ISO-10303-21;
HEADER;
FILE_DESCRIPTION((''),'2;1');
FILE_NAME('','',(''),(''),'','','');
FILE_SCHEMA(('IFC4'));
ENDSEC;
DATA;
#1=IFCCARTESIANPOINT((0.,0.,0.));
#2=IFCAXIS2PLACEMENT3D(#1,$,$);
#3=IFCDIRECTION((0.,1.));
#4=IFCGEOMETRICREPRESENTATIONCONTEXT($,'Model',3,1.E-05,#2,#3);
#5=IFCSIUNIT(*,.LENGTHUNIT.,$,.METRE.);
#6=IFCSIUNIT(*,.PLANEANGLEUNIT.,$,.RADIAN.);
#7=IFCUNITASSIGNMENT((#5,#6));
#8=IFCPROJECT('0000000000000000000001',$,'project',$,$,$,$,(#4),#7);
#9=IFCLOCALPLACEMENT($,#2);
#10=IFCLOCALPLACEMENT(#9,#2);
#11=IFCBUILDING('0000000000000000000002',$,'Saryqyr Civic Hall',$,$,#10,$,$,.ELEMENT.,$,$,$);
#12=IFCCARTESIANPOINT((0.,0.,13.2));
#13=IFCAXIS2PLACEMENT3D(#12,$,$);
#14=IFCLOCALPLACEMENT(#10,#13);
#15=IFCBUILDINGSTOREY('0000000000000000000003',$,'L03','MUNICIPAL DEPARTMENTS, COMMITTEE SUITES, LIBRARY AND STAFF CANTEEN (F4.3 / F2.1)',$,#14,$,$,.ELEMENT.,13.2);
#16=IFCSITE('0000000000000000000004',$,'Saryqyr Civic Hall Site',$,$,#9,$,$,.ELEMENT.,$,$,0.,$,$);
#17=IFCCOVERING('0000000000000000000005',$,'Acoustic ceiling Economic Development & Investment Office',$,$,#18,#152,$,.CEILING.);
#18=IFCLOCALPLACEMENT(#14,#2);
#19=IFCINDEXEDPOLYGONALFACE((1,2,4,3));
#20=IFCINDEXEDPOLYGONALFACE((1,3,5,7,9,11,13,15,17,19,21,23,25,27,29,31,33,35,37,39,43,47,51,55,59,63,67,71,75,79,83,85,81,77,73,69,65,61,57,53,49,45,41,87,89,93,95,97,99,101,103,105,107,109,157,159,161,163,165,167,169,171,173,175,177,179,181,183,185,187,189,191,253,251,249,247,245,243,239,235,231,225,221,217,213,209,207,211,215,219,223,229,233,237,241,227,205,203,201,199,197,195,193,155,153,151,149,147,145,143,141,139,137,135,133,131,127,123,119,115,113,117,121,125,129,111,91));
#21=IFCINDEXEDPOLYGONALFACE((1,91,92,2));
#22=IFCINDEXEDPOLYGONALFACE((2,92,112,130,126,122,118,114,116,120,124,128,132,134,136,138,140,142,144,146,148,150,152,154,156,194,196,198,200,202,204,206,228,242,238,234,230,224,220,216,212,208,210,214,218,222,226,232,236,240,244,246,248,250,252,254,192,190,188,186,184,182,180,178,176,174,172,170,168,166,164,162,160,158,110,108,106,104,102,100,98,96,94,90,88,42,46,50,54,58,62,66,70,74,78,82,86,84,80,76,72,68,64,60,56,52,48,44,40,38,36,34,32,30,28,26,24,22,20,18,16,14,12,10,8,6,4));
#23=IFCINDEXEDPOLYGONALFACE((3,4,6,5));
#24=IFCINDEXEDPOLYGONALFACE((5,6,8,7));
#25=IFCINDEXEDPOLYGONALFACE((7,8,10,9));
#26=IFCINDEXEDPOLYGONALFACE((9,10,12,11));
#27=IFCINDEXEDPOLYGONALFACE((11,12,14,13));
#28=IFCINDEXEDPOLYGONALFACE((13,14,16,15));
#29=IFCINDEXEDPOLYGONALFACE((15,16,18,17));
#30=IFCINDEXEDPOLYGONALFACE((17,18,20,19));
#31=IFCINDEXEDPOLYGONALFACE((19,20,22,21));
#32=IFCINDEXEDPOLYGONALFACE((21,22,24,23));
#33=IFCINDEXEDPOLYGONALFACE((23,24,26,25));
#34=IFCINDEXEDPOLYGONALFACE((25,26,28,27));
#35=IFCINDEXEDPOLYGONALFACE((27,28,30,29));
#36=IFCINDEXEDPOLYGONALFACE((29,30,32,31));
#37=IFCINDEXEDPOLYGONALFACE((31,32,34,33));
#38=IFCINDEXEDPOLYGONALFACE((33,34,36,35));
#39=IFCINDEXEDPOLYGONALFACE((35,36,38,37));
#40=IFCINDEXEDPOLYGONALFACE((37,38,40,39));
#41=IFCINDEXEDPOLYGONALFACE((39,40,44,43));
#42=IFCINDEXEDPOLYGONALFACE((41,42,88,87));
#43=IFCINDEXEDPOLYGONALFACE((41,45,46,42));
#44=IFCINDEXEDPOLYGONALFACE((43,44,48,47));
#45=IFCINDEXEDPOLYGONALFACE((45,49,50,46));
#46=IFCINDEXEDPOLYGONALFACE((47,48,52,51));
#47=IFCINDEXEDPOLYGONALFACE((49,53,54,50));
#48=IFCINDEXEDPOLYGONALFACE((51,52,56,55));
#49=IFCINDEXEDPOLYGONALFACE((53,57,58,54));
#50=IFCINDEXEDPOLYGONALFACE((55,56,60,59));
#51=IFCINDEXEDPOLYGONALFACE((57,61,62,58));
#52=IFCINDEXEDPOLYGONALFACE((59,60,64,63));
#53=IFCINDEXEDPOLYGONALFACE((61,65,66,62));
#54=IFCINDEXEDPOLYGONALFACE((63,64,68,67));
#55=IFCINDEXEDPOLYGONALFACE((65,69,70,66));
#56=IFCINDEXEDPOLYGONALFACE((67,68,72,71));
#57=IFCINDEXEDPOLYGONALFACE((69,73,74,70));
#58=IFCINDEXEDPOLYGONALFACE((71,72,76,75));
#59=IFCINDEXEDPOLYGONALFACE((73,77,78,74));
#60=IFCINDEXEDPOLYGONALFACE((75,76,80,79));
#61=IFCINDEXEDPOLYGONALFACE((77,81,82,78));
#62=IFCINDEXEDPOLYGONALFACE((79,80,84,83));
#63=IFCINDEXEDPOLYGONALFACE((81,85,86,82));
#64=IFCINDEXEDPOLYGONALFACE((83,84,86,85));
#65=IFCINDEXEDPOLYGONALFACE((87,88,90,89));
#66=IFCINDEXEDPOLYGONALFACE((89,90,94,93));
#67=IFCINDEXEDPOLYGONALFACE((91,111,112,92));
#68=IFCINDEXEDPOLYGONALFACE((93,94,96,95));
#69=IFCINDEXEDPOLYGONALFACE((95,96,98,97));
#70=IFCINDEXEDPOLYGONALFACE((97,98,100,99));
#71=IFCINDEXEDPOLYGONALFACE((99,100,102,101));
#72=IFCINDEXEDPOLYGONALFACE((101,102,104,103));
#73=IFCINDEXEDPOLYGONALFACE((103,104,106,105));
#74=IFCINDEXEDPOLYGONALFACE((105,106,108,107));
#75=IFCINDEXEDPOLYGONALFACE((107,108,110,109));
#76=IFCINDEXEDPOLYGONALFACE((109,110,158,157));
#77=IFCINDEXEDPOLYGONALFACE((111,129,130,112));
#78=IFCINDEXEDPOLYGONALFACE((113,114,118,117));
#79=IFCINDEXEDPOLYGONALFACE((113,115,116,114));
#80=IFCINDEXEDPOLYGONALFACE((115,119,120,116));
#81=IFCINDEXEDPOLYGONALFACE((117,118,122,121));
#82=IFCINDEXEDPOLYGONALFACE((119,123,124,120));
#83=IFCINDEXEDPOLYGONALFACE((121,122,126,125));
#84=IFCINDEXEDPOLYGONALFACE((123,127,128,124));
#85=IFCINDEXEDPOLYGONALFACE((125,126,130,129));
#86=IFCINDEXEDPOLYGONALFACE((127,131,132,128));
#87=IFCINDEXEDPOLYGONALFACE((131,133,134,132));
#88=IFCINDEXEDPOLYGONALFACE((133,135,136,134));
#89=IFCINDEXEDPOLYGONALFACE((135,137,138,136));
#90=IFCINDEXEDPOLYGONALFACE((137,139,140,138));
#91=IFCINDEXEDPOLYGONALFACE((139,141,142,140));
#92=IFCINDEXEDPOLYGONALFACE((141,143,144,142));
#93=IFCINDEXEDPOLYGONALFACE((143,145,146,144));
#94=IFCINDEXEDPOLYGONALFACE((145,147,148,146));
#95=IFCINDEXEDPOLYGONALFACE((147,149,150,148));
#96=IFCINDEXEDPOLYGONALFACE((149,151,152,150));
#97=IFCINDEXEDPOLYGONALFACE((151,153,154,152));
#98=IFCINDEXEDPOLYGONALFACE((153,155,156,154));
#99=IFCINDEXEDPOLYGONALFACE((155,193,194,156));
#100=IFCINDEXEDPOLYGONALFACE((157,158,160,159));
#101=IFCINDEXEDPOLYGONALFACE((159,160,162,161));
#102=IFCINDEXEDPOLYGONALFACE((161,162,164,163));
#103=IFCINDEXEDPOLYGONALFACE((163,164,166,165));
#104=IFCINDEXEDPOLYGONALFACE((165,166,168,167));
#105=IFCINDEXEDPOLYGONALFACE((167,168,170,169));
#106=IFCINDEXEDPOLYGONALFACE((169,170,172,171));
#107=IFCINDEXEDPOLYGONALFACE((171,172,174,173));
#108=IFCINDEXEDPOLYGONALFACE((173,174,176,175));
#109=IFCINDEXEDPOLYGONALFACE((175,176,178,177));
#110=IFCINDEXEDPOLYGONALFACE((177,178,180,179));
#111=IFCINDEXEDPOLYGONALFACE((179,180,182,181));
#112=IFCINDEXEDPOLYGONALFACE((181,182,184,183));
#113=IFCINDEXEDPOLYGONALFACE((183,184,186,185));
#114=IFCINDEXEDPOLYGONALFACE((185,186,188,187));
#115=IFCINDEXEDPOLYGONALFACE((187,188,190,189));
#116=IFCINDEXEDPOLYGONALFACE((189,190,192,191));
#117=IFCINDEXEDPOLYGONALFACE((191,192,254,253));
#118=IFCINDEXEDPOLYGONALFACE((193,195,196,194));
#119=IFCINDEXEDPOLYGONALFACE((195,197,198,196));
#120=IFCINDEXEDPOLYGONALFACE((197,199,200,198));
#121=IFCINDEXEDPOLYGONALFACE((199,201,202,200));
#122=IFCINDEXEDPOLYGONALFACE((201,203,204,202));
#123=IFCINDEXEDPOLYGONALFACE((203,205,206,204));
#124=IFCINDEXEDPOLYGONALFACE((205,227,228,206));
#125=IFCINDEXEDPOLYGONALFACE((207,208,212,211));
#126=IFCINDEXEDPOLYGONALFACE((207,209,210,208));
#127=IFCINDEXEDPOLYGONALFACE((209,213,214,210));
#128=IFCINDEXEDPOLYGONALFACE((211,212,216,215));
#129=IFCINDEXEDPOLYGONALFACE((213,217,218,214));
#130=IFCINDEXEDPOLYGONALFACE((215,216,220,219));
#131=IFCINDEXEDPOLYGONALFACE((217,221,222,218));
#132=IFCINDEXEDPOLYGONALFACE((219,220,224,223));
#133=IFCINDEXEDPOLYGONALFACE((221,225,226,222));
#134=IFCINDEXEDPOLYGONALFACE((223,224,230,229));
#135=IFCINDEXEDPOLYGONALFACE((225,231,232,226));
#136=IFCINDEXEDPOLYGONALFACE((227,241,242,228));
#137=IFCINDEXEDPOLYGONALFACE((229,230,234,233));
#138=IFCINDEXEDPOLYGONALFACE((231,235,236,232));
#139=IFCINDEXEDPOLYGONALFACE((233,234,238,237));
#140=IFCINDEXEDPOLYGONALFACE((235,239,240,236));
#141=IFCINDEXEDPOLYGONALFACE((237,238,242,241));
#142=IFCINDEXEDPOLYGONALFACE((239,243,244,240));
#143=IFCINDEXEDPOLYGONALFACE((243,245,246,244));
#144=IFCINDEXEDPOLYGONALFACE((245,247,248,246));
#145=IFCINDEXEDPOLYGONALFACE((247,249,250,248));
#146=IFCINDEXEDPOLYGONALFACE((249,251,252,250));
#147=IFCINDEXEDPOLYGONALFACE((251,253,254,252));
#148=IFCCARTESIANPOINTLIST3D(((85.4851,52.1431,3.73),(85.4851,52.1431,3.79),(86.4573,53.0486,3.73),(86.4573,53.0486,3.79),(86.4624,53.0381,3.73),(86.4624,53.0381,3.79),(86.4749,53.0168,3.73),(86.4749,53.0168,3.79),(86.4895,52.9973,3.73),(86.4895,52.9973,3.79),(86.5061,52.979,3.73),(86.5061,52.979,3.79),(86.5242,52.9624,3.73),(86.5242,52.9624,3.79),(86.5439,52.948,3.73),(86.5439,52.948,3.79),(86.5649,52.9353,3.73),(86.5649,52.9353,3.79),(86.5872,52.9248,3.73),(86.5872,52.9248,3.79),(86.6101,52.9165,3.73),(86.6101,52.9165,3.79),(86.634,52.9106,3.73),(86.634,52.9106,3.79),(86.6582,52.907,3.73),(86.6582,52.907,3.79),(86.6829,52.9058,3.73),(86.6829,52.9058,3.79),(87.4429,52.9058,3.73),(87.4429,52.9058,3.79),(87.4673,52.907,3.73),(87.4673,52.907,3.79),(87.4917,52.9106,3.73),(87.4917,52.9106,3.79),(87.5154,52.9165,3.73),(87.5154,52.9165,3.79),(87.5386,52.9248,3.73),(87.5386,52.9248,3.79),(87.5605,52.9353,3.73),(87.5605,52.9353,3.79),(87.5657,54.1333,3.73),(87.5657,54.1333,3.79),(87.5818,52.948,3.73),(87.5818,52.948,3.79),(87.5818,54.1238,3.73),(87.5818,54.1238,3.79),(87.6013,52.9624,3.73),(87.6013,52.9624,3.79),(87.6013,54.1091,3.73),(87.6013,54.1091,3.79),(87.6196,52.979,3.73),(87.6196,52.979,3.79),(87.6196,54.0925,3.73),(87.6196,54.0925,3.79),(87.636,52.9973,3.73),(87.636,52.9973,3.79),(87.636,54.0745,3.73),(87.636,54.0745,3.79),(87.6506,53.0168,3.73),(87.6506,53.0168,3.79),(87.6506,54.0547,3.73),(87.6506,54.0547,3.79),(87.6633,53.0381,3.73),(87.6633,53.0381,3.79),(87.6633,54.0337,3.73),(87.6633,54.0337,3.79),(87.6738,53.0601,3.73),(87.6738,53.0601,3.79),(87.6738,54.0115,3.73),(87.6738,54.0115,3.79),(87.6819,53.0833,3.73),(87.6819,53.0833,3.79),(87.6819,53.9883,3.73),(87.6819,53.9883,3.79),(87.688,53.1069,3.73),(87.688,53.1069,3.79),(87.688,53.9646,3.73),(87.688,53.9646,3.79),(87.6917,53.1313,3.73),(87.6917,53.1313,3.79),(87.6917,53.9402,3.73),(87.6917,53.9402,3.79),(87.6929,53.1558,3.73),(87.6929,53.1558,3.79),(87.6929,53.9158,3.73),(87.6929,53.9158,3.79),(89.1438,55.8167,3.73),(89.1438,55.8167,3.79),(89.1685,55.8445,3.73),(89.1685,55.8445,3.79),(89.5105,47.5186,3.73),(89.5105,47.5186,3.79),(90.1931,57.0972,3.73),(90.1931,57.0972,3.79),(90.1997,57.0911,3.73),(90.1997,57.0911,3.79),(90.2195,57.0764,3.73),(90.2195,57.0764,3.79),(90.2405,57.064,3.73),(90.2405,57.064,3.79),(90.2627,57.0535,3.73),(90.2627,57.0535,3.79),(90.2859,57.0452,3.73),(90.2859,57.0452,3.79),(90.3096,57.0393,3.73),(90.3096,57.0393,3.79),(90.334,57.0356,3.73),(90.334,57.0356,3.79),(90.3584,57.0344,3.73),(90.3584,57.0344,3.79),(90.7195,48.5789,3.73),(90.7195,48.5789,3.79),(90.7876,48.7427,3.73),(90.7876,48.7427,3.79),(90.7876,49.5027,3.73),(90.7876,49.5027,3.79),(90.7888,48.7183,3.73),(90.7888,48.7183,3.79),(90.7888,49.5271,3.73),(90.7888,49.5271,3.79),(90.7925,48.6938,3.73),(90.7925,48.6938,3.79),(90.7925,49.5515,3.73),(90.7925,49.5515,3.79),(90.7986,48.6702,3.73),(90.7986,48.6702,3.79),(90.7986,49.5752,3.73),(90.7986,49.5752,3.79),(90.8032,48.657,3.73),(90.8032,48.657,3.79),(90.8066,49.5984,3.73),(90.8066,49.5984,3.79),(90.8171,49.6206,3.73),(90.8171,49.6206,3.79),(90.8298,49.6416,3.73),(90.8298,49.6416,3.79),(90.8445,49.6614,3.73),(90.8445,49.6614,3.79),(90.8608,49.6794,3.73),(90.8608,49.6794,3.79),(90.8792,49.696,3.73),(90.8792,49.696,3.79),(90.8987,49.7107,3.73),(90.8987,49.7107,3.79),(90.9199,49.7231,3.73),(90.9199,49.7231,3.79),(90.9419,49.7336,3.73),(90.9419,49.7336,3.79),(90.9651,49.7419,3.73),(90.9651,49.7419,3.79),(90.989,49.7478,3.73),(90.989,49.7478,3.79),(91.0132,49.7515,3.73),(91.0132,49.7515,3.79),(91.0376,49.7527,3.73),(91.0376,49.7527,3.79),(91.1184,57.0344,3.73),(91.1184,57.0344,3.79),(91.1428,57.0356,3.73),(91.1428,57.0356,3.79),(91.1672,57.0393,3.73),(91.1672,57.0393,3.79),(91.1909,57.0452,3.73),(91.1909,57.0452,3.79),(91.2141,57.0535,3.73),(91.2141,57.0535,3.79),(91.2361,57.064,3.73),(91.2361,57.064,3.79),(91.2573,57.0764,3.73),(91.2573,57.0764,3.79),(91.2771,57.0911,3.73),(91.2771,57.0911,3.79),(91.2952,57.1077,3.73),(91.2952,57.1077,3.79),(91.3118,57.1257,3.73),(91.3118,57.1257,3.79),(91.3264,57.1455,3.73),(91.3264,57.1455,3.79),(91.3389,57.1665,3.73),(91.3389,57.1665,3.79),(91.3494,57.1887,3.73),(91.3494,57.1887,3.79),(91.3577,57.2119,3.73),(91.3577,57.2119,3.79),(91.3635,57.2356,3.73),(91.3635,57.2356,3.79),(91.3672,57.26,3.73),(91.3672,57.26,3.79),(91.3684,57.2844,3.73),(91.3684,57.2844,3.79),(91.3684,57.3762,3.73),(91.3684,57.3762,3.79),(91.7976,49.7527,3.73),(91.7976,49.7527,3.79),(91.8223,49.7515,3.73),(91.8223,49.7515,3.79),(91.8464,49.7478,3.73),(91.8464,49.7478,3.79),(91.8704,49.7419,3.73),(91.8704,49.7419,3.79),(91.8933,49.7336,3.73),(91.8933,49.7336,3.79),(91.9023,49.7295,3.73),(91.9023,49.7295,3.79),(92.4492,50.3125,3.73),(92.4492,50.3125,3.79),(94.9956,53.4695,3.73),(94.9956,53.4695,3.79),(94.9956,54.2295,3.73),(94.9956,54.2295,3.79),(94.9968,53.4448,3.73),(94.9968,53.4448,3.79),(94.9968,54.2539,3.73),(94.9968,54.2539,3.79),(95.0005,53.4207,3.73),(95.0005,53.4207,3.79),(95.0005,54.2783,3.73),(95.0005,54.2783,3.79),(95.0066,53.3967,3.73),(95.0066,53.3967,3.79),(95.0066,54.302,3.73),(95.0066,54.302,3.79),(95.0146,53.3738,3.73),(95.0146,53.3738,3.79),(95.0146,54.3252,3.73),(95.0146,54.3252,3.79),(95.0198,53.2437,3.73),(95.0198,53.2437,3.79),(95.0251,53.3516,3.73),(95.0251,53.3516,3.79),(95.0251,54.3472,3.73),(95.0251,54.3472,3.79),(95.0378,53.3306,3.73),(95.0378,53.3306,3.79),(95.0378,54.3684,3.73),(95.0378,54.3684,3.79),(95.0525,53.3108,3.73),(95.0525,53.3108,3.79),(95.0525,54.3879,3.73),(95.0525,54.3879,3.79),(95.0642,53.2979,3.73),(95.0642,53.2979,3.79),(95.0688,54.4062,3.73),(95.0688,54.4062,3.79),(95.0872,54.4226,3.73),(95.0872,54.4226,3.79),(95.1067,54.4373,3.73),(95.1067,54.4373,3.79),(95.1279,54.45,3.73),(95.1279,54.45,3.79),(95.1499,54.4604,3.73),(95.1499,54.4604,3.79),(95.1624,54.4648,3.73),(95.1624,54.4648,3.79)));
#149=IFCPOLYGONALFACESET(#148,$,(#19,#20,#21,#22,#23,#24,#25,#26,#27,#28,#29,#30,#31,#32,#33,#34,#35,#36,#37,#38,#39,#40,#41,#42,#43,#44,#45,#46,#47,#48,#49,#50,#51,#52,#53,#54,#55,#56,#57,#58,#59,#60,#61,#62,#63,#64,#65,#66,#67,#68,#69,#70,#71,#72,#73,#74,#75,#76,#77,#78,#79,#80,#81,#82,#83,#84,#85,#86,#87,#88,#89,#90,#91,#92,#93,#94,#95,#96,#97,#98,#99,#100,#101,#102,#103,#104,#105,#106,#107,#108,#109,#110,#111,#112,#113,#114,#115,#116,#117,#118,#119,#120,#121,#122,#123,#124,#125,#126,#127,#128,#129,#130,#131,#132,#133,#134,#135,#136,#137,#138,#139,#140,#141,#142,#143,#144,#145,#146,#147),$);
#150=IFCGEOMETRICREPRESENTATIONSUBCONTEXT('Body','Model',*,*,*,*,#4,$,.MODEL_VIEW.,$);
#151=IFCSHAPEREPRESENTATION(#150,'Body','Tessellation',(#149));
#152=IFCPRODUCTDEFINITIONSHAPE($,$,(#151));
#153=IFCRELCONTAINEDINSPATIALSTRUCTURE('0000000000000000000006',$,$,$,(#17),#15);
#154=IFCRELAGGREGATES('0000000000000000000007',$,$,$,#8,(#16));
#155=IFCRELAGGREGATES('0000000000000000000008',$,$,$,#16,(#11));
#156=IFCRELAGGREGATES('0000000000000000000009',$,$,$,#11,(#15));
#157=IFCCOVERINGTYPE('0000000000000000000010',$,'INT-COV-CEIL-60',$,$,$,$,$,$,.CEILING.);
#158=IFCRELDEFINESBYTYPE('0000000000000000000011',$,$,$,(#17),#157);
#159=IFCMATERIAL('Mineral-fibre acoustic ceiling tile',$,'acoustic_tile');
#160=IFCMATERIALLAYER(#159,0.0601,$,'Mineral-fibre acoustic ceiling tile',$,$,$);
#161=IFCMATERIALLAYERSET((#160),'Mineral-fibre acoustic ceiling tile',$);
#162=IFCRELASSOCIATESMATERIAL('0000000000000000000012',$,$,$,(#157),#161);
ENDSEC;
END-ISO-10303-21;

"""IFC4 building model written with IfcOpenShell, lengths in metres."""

from ifc_helpers import new_model, si_unit, direction, frame, origin, place, context, subcontext, project, spatial, polyline, outline, extrude, material, layer, layer_set, type_object, element, save


model = new_model("IFC4")

# Units and contexts
model_context = context("Model", 3, precision=1e-05, world=origin(), true_north=direction((0.0, 1.0)))
body_context = subcontext(model_context, "Body", "Model", "MODEL_VIEW")
ifc_project = project(units=[si_unit("LENGTHUNIT", "METRE"), si_unit("PLANEANGLEUNIT", "RADIAN")], contexts=[model_context])

# Site, building, storey
site_placement = place(None, origin())
site = spatial("IfcSite", under=ifc_project, at=site_placement, Name="Saryqyr Civic Hall Site", CompositionType="ELEMENT", RefElevation=0.0)
building_placement = place(site_placement, origin())
building = spatial("IfcBuilding", under=site, at=building_placement, Name="Saryqyr Civic Hall", CompositionType="ELEMENT")
storey_placement = place(building_placement, frame((0.0, 0.0, 13.2)))
storey = spatial("IfcBuildingStorey", under=building, at=storey_placement, Name="L03", Description="MUNICIPAL DEPARTMENTS, COMMITTEE SUITES, LIBRARY AND STAFF CANTEEN (F4.3 / F2.1)", CompositionType="ELEMENT", Elevation=13.2)

# Covering
ifc_material_1 = material(Name="Mineral-fibre acoustic ceiling tile", Category="acoustic_tile")
ifc_layer_1 = layer(ifc_material_1, 0.0601, Name="Mineral-fibre acoustic ceiling tile")
ifc_layer_set_1 = layer_set([ifc_layer_1], Name="Mineral-fibre acoustic ceiling tile")
covering_type = type_object("IfcCoveringType", Name="INT-COV-CEIL-60", PredefinedType="CEILING", material=ifc_layer_set_1)
covering_1_placement = place(storey_placement, frame((0.0, 0.0, 3.73)))
element("IfcCovering", 1, at=covering_1_placement, inside=storey, type_object=covering_type, Name="Acoustic ceiling Economic Development & Investment Office", PredefinedType="CEILING", context=body_context, shape_type="SweptSolid", body=[
    extrude(outline(polyline([(86.4573, 53.0486), (86.4624, 53.0381), (86.4749, 53.0168), (86.4895, 52.9973), (86.5061, 52.979), (86.5242, 52.9624), (86.5439, 52.948), (86.5649, 52.9353), (86.5872, 52.9248), (86.6101, 52.9165), (86.634, 52.9106), (86.6582, 52.907), (86.6829, 52.9058), (87.4429, 52.9058), (87.4673, 52.907), (87.4917, 52.9106), (87.5154, 52.9165), (87.5386, 52.9248), (87.5605, 52.9353), (87.5818, 52.948), (87.6013, 52.9624), (87.6196, 52.979), (87.636, 52.9973), (87.6506, 53.0168), (87.6633, 53.0381), (87.6738, 53.0601), (87.6819, 53.0833), (87.688, 53.1069), (87.6917, 53.1313), (87.6929, 53.1558), (87.6929, 53.9158), (87.6917, 53.9402), (87.688, 53.9646), (87.6819, 53.9883), (87.6738, 54.0115), (87.6633, 54.0337), (87.6506, 54.0547), (87.636, 54.0745), (87.6196, 54.0925), (87.6013, 54.1091), (87.5818, 54.1238), (87.5657, 54.1333), (89.1438, 55.8167), (89.1685, 55.8445), (90.1931, 57.0972), (90.1997, 57.0911), (90.2195, 57.0764), (90.2405, 57.064), (90.2627, 57.0535), (90.2859, 57.0452), (90.3096, 57.0393), (90.334, 57.0356), (90.3584, 57.0344), (91.1184, 57.0344), (91.1428, 57.0356), (91.1672, 57.0393), (91.1909, 57.0452), (91.2141, 57.0535), (91.2361, 57.064), (91.2573, 57.0764), (91.2771, 57.0911), (91.2952, 57.1077), (91.3118, 57.1257), (91.3264, 57.1455), (91.3389, 57.1665), (91.3494, 57.1887), (91.3577, 57.2119), (91.3635, 57.2356), (91.3672, 57.26), (91.3684, 57.2844), (91.3684, 57.3762), (95.1624, 54.4648), (95.1499, 54.4604), (95.1279, 54.45), (95.1067, 54.4373), (95.0872, 54.4226), (95.0688, 54.4062), (95.0525, 54.3879), (95.0378, 54.3684), (95.0251, 54.3472), (95.0146, 54.3252), (95.0066, 54.302), (95.0005, 54.2783), (94.9968, 54.2539), (94.9956, 54.2295), (94.9956, 53.4695), (94.9968, 53.4448), (95.0005, 53.4207), (95.0066, 53.3967), (95.0146, 53.3738), (95.0251, 53.3516), (95.0378, 53.3306), (95.0525, 53.3108), (95.0642, 53.2979), (95.0198, 53.2437), (92.4492, 50.3125), (91.9023, 49.7295), (91.8933, 49.7336), (91.8704, 49.7419), (91.8464, 49.7478), (91.8223, 49.7515), (91.7976, 49.7527), (91.0376, 49.7527), (91.0132, 49.7515), (90.989, 49.7478), (90.9651, 49.7419), (90.9419, 49.7336), (90.9199, 49.7231), (90.8987, 49.7107), (90.8792, 49.696), (90.8608, 49.6794), (90.8445, 49.6614), (90.8298, 49.6416), (90.8171, 49.6206), (90.8066, 49.5984), (90.7986, 49.5752), (90.7925, 49.5515), (90.7888, 49.5271), (90.7876, 49.5027), (90.7876, 48.7427), (90.7888, 48.7183), (90.7925, 48.6938), (90.7986, 48.6702), (90.8032, 48.657), (90.7195, 48.5789), (89.5105, 47.5186), (85.4851, 52.1431), (86.4573, 53.0486)])), origin(), (0.0, 0.0, 1.0), 0.0601),
])

save(model, "model.ifc")
